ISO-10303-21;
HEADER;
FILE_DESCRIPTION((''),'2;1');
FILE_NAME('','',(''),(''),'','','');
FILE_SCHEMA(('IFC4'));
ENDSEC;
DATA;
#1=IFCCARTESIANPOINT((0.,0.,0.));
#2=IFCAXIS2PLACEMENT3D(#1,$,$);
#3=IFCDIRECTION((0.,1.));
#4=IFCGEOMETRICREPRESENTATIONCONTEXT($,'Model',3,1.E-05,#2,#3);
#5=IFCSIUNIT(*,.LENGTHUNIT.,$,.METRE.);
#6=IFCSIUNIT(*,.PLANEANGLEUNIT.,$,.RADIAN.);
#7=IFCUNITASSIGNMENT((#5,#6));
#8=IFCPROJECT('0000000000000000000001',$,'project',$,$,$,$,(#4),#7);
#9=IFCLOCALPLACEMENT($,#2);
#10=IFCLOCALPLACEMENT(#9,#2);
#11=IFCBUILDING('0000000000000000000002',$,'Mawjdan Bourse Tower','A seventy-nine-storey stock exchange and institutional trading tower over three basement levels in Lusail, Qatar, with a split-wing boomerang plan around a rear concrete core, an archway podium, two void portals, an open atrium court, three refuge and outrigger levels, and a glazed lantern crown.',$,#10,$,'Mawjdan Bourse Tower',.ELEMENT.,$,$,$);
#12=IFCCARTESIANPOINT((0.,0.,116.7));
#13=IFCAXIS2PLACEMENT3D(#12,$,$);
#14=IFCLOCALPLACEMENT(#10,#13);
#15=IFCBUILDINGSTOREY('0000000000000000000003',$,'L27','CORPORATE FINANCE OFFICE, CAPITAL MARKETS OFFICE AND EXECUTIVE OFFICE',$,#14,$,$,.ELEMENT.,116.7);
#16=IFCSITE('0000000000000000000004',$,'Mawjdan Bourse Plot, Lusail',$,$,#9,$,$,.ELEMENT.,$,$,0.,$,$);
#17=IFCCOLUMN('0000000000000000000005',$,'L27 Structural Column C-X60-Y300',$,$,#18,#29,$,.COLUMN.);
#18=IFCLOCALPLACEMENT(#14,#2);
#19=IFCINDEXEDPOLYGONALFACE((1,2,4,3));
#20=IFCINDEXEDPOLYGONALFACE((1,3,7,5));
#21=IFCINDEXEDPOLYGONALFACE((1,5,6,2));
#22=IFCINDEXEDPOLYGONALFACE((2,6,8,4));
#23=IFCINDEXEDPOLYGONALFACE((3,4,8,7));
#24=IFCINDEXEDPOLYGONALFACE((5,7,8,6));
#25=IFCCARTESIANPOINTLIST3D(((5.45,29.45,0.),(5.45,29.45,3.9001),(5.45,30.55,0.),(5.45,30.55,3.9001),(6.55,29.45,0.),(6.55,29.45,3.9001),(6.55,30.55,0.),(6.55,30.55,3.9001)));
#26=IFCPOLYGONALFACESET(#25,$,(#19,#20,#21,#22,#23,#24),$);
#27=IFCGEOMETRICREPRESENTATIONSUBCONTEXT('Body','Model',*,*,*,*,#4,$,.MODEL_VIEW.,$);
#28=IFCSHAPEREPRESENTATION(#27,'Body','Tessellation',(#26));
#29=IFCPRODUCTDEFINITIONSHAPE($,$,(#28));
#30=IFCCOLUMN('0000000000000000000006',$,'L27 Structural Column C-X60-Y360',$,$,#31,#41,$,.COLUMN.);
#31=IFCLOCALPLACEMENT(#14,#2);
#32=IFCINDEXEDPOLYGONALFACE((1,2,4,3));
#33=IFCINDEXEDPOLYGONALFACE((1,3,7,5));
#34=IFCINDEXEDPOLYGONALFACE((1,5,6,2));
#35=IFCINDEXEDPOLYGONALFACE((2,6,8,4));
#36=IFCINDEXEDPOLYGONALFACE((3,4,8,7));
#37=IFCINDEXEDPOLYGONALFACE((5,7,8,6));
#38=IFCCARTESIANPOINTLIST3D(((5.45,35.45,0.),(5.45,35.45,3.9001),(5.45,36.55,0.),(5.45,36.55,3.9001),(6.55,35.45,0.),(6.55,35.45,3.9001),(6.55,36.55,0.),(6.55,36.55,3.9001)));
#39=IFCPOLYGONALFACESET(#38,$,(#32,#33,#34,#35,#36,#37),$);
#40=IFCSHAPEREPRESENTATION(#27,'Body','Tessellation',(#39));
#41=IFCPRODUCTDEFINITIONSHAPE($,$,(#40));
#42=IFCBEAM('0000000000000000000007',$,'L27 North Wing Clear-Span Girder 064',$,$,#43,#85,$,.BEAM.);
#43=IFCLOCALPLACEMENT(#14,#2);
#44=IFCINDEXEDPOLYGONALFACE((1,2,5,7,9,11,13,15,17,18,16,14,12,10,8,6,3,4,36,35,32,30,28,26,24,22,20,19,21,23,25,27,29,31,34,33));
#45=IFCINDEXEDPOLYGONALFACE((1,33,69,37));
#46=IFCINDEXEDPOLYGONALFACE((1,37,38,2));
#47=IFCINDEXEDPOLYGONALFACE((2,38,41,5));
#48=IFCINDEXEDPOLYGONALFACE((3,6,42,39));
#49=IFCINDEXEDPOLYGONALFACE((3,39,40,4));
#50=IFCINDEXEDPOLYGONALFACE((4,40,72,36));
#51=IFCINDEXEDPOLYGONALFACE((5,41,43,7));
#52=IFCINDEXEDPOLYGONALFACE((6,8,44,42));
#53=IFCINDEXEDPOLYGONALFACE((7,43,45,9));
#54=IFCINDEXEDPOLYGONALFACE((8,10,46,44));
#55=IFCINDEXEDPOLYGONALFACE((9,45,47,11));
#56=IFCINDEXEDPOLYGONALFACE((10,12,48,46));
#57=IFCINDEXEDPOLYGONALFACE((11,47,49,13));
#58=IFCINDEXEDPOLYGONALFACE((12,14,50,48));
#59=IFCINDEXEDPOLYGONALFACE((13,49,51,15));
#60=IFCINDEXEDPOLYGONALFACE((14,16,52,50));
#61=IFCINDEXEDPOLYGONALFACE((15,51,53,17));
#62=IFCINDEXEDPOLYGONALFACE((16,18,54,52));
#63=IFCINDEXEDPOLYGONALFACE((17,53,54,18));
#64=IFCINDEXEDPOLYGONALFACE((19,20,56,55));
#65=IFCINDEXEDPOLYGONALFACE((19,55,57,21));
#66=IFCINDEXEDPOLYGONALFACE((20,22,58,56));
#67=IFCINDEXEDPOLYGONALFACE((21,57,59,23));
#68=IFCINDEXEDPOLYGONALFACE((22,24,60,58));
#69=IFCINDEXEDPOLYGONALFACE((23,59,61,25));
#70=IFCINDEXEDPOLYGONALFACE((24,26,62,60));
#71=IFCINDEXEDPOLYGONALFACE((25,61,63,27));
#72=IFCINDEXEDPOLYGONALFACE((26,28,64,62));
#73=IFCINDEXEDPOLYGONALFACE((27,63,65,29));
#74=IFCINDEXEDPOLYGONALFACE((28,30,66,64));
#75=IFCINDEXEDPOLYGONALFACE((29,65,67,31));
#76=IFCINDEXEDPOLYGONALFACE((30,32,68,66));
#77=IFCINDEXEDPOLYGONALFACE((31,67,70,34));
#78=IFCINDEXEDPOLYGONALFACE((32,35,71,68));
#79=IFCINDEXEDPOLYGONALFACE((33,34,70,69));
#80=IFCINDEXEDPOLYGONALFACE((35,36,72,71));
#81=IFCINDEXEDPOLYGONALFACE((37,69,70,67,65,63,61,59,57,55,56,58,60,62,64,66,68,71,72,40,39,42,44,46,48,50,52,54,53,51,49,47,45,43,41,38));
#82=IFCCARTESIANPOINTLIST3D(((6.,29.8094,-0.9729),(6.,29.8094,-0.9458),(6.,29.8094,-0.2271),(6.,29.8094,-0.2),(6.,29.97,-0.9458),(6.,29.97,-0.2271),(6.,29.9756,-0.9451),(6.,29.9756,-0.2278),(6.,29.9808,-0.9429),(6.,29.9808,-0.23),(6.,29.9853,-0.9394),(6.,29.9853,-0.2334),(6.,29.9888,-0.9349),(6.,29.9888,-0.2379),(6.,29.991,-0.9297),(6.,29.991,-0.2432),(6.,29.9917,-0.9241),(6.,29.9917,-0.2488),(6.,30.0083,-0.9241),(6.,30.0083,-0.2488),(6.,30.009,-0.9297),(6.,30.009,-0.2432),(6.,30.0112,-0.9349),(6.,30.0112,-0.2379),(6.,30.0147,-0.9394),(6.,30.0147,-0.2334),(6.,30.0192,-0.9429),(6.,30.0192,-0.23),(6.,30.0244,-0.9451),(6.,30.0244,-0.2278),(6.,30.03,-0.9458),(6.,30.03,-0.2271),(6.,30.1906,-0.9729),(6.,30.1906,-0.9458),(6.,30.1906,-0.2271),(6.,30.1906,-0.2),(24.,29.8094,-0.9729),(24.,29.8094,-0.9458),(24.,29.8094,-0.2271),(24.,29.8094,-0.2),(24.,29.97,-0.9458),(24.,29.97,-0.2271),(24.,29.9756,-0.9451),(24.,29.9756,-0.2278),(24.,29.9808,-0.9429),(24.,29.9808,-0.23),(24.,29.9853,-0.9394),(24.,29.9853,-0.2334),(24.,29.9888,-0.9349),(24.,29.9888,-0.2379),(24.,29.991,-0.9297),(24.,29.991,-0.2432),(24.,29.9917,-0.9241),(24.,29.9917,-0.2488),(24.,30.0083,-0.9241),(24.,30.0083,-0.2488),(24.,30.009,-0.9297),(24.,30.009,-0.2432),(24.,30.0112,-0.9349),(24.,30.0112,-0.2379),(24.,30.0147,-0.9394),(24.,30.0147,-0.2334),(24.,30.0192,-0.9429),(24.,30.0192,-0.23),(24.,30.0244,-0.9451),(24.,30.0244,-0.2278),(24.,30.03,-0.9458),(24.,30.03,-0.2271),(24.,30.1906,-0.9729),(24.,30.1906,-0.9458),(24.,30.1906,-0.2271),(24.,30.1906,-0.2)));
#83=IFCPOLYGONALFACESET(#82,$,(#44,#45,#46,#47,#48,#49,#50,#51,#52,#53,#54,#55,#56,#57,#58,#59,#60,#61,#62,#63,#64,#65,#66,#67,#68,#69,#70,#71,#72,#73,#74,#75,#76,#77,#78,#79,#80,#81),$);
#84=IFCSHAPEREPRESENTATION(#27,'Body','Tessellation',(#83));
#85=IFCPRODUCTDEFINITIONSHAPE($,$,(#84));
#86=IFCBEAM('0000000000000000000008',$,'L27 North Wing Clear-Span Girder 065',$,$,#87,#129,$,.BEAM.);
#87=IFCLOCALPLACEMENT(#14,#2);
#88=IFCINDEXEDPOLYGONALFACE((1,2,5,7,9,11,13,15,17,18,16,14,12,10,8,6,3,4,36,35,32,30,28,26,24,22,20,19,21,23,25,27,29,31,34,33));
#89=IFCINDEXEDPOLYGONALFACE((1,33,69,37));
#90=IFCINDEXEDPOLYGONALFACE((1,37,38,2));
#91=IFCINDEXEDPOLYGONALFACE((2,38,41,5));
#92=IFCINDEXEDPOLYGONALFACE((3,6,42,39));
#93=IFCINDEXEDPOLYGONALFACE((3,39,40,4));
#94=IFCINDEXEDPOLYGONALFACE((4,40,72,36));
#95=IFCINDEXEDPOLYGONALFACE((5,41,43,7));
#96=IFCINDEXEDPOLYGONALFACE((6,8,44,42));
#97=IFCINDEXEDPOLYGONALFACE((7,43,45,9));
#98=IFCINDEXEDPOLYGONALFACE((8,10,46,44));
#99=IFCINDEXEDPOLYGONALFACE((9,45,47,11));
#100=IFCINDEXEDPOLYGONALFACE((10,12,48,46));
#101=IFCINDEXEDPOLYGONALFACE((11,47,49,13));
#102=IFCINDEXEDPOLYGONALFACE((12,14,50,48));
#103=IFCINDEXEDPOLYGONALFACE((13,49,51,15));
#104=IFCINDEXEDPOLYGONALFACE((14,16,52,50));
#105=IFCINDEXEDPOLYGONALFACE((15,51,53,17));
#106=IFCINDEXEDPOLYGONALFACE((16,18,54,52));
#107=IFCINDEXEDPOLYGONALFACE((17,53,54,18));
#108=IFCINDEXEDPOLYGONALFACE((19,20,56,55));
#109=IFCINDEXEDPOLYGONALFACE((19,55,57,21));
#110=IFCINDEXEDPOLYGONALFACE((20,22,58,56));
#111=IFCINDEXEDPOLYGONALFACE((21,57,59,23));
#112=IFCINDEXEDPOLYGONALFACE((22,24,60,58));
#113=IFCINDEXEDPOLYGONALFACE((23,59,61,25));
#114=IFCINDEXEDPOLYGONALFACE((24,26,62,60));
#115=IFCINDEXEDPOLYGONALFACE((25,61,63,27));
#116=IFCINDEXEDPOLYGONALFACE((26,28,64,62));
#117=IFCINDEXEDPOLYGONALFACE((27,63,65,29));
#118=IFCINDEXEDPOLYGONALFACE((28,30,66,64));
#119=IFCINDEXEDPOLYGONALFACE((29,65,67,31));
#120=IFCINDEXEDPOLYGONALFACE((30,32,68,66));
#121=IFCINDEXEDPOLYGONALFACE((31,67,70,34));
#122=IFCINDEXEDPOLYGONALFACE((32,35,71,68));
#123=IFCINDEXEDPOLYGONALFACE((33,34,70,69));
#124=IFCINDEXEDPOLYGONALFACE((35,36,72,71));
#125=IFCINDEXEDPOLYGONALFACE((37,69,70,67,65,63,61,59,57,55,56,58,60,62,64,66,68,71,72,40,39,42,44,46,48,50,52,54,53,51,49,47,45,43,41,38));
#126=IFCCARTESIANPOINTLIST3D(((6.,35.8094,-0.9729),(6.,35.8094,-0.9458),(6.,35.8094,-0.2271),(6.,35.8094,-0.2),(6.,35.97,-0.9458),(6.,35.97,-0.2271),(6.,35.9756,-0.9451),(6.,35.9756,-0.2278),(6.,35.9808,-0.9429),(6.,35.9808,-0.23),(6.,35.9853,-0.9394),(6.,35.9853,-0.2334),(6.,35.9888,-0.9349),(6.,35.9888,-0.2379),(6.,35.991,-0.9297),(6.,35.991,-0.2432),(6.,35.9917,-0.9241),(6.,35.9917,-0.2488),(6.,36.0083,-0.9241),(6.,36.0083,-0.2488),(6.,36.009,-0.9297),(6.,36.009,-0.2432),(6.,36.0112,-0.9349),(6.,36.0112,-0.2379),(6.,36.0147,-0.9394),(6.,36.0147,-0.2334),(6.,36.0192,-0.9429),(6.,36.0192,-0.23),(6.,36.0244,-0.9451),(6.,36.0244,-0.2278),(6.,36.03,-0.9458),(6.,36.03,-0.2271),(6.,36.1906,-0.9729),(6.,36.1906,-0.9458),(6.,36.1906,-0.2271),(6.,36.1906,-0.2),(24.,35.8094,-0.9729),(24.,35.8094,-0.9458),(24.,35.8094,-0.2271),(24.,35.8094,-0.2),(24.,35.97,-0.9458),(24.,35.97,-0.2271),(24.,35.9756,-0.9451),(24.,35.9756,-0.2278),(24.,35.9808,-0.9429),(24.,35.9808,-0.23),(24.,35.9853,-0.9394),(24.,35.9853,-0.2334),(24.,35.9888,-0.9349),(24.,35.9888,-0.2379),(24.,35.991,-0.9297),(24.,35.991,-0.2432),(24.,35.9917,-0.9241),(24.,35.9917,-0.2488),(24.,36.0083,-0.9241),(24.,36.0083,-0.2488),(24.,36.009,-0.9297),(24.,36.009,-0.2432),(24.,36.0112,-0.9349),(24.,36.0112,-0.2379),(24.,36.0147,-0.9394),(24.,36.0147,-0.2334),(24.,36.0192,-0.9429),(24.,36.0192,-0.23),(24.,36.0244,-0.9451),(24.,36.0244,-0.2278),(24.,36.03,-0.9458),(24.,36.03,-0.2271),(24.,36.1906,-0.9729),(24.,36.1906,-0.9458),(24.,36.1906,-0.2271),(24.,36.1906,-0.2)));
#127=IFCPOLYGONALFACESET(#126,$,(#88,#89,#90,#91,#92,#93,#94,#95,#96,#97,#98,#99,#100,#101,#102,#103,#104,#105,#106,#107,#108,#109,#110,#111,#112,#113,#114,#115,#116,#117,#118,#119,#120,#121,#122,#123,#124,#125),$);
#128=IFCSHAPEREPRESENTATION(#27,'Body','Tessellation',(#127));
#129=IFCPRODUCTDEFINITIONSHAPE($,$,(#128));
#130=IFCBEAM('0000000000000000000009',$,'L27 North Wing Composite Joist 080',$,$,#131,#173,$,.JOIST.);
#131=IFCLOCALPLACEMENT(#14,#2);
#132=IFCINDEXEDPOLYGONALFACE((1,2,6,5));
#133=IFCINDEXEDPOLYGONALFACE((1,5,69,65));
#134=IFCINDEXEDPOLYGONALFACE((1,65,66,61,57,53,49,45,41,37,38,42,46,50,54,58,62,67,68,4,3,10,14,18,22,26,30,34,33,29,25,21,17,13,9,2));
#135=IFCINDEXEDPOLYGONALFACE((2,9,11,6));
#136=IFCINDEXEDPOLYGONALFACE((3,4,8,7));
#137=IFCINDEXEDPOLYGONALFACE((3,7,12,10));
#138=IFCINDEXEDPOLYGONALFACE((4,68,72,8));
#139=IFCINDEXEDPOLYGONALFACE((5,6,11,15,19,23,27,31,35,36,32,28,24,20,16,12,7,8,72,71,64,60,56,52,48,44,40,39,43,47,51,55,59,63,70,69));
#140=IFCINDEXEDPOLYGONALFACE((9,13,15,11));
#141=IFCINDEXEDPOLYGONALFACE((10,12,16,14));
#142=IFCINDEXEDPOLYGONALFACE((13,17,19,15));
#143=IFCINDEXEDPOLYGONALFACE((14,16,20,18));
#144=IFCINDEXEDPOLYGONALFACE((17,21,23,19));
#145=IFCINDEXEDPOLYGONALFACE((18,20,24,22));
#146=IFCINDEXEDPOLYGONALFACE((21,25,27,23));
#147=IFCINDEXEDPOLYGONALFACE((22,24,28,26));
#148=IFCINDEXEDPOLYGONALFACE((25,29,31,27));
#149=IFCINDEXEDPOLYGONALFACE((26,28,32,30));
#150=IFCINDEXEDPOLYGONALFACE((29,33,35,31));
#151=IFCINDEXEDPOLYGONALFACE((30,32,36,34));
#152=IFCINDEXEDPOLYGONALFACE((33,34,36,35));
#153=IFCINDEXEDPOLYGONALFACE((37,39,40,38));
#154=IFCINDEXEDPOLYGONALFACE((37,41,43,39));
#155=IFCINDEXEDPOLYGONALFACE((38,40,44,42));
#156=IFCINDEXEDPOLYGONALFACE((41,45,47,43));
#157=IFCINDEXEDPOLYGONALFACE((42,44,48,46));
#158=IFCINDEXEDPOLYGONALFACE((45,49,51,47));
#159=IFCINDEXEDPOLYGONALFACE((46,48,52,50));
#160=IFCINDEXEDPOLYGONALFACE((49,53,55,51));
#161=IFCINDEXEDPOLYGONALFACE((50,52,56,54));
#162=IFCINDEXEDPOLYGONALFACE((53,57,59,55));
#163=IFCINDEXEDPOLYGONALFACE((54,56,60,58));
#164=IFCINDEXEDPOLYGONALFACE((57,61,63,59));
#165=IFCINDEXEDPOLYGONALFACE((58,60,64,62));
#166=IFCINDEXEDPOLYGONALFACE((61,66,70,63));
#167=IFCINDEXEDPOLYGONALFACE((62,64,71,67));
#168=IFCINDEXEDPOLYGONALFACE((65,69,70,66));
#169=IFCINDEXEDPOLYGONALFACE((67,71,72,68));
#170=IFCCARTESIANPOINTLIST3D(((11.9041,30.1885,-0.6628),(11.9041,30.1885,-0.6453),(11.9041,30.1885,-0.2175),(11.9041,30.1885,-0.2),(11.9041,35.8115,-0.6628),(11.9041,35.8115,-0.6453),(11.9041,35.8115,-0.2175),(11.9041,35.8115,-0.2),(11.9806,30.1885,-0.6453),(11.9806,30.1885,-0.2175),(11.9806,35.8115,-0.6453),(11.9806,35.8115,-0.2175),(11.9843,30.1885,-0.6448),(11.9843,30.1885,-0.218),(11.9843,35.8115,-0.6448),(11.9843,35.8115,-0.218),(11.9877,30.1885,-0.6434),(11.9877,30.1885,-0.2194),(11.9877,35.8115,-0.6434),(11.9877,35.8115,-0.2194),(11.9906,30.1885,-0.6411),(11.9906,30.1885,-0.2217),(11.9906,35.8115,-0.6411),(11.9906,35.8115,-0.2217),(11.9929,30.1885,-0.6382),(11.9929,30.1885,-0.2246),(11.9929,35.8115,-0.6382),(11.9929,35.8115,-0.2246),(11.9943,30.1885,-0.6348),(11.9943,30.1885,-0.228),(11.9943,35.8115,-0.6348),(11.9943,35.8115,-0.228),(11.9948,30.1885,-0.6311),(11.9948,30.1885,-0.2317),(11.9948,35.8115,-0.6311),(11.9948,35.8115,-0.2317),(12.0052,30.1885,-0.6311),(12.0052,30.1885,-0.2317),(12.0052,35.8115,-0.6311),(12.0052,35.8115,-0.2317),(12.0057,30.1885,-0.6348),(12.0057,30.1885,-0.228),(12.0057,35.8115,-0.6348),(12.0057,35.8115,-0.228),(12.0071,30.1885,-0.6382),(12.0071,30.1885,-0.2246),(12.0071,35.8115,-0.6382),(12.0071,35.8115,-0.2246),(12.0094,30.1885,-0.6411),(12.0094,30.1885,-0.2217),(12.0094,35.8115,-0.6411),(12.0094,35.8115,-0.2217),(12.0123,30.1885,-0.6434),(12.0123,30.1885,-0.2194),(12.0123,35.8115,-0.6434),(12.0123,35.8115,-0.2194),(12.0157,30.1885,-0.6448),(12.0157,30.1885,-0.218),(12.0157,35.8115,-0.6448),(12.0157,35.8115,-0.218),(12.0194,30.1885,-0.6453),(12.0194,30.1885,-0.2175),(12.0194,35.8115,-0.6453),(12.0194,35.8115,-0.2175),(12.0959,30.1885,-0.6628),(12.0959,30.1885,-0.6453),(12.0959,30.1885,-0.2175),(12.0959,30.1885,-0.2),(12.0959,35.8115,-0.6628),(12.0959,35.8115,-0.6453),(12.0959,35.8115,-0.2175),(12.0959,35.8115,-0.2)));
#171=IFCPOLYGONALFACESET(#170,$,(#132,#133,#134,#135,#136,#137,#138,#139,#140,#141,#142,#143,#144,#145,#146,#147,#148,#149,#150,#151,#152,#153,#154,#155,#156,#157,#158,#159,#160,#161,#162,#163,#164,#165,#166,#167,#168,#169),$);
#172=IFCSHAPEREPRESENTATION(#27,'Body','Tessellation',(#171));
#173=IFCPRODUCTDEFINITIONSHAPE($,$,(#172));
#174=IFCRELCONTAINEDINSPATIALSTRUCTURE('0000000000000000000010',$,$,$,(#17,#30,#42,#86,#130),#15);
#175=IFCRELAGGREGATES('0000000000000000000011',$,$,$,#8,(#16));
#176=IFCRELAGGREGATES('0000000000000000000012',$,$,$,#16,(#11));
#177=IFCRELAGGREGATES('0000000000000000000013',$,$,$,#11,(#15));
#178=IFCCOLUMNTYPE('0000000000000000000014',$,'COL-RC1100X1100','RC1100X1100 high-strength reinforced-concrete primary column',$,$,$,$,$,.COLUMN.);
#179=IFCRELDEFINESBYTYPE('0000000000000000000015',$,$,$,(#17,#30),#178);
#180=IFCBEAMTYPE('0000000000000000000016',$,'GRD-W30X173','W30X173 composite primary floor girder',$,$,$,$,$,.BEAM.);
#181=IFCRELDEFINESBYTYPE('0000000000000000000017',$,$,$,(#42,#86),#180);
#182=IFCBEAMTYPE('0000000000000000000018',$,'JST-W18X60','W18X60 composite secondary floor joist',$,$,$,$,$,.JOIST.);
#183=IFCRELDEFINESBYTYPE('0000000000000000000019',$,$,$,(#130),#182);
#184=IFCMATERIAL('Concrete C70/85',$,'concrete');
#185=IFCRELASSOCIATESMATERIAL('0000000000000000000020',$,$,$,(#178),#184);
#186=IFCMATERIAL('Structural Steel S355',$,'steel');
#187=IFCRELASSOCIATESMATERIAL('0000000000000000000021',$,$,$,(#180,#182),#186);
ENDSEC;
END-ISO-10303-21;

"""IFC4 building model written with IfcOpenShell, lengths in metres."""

from ifc_helpers import new_model, si_unit, direction, frame, origin, origin_2d, place, context, subcontext, project, spatial, rectangle, i_section, extrude, material, material_profile, profile_set, type_object, element, save


model = new_model("IFC4")

# Units and contexts
model_context = context("Model", 3, precision=1e-05, world=origin(), true_north=direction((0.0, 1.0)))
body_context = subcontext(model_context, "Body", "Model", "MODEL_VIEW")
ifc_project = project(units=[si_unit("LENGTHUNIT", "METRE"), si_unit("PLANEANGLEUNIT", "RADIAN")], contexts=[model_context])

# Site, building, storey
site_placement = place(None, origin())
site = spatial("IfcSite", under=ifc_project, at=site_placement, Name="Mawjdan Bourse Plot, Lusail", CompositionType="ELEMENT", RefElevation=0.0)
building_placement = place(site_placement, origin())
building = spatial("IfcBuilding", under=site, at=building_placement, Name="Mawjdan Bourse Tower", Description="A seventy-nine-storey stock exchange and institutional trading tower over three basement levels in Lusail, Qatar, with a split-wing boomerang plan around a rear concrete core, an archway podium, two void portals, an open atrium court, three refuge and outrigger levels, and a glazed lantern crown.", LongName="Mawjdan Bourse Tower", CompositionType="ELEMENT")
storey_placement = place(building_placement, frame((0.0, 0.0, 116.7)))
storey = spatial("IfcBuildingStorey", under=building, at=storey_placement, Name="L27", Description="CORPORATE FINANCE OFFICE, CAPITAL MARKETS OFFICE AND EXECUTIVE OFFICE", CompositionType="ELEMENT", Elevation=116.7)

# Columns
ifc_material_1 = material(Name="Concrete C70/85", Category="concrete")
ifc_material_profile_1 = material_profile(ifc_material_1, rectangle(XDim=1.1001, YDim=1.1001, at=origin_2d()), Name="RC1100X1100")
ifc_profile_set_1 = profile_set([ifc_material_profile_1], Name="Concrete C70/85")
column_type = type_object("IfcColumnType", Name="COL-RC1100X1100", Description="RC1100X1100 high-strength reinforced-concrete primary column", PredefinedType="COLUMN", material=ifc_profile_set_1)
for number, where, z_axis, x_axis, name in (
    (1, (6.0, 30.0, 0.0), (0.0, 0.0, 1.0), (1.0, 0.0, 0.0), "L27 Structural Column C-X60-Y300"),
    (2, (6.0, 36.0, 0.0), (0.0, 0.0, 1.0), (1.0, 0.0, 0.0), "L27 Structural Column C-X60-Y360"),
):
    element("IfcColumn", number, at=place(storey_placement, frame(where, z_axis=z_axis, x_axis=x_axis)), inside=storey, type_object=column_type, Name=name, PredefinedType="COLUMN", context=body_context, shape_type="SweptSolid", body=[
        extrude(rectangle(XDim=1.1001, YDim=1.1001, at=origin_2d()), origin(), (0.0, 0.0, 1.0), 3.9001),
    ])

# Beams
ifc_material_2 = material(Name="Structural Steel S355", Category="steel")
ifc_material_profile_2 = material_profile(ifc_material_2, i_section(OverallWidth=0.3811, OverallDepth=0.7729, WebThickness=0.0166, FlangeThickness=0.0271, FilletRadius=0.0217, at=origin_2d()), Name="W30X173")
ifc_profile_set_2 = profile_set([ifc_material_profile_2], Name="Structural Steel S355")
beam_type_1 = type_object("IfcBeamType", Name="GRD-W30X173", Description="W30X173 composite primary floor girder", PredefinedType="BEAM", material=ifc_profile_set_2)
for number, where, z_axis, x_axis, name in (
    (3, (6.0, 30.0, -0.5864), (1.0, 0.0, 0.0), (0.0, 1.0, 0.0), "L27 North Wing Clear-Span Girder 064"),
    (4, (6.0, 36.0, -0.5864), (1.0, 0.0, 0.0), (0.0, 1.0, 0.0), "L27 North Wing Clear-Span Girder 065"),
):
    element("IfcBeam", number, at=place(storey_placement, frame(where, z_axis=z_axis, x_axis=x_axis)), inside=storey, type_object=beam_type_1, Name=name, PredefinedType="BEAM", context=body_context, shape_type="SweptSolid", body=[
        extrude(i_section(OverallWidth=0.3811, OverallDepth=0.7729, WebThickness=0.0166, FlangeThickness=0.0271, FilletRadius=0.0217, at=origin_2d()), origin(), (0.0, 0.0, 1.0), 18.0),
    ])
ifc_material_profile_3 = material_profile(ifc_material_2, i_section(OverallWidth=0.1919, OverallDepth=0.4629, WebThickness=0.0105, FlangeThickness=0.0176, FilletRadius=0.0142, at=origin_2d()), Name="W18X60")
ifc_profile_set_3 = profile_set([ifc_material_profile_3], Name="Structural Steel S355")
beam_type_2 = type_object("IfcBeamType", Name="JST-W18X60", Description="W18X60 composite secondary floor joist", PredefinedType="JOIST", material=ifc_profile_set_3)
for number, where, z_axis, x_axis, name in (
    (5, (12.0, 30.1885, -0.4314), (0.0, 1.0, 0.0), (-1.0, 0.0, 0.0), "L27 North Wing Composite Joist 080"),
):
    element("IfcBeam", number, at=place(storey_placement, frame(where, z_axis=z_axis, x_axis=x_axis)), inside=storey, type_object=beam_type_2, Name=name, PredefinedType="JOIST", context=body_context, shape_type="SweptSolid", body=[
        extrude(i_section(OverallWidth=0.1919, OverallDepth=0.4629, WebThickness=0.0105, FlangeThickness=0.0176, FilletRadius=0.0142, at=origin_2d()), origin(), (0.0, 0.0, 1.0), 5.623),
    ])

save(model, "model.ifc")
